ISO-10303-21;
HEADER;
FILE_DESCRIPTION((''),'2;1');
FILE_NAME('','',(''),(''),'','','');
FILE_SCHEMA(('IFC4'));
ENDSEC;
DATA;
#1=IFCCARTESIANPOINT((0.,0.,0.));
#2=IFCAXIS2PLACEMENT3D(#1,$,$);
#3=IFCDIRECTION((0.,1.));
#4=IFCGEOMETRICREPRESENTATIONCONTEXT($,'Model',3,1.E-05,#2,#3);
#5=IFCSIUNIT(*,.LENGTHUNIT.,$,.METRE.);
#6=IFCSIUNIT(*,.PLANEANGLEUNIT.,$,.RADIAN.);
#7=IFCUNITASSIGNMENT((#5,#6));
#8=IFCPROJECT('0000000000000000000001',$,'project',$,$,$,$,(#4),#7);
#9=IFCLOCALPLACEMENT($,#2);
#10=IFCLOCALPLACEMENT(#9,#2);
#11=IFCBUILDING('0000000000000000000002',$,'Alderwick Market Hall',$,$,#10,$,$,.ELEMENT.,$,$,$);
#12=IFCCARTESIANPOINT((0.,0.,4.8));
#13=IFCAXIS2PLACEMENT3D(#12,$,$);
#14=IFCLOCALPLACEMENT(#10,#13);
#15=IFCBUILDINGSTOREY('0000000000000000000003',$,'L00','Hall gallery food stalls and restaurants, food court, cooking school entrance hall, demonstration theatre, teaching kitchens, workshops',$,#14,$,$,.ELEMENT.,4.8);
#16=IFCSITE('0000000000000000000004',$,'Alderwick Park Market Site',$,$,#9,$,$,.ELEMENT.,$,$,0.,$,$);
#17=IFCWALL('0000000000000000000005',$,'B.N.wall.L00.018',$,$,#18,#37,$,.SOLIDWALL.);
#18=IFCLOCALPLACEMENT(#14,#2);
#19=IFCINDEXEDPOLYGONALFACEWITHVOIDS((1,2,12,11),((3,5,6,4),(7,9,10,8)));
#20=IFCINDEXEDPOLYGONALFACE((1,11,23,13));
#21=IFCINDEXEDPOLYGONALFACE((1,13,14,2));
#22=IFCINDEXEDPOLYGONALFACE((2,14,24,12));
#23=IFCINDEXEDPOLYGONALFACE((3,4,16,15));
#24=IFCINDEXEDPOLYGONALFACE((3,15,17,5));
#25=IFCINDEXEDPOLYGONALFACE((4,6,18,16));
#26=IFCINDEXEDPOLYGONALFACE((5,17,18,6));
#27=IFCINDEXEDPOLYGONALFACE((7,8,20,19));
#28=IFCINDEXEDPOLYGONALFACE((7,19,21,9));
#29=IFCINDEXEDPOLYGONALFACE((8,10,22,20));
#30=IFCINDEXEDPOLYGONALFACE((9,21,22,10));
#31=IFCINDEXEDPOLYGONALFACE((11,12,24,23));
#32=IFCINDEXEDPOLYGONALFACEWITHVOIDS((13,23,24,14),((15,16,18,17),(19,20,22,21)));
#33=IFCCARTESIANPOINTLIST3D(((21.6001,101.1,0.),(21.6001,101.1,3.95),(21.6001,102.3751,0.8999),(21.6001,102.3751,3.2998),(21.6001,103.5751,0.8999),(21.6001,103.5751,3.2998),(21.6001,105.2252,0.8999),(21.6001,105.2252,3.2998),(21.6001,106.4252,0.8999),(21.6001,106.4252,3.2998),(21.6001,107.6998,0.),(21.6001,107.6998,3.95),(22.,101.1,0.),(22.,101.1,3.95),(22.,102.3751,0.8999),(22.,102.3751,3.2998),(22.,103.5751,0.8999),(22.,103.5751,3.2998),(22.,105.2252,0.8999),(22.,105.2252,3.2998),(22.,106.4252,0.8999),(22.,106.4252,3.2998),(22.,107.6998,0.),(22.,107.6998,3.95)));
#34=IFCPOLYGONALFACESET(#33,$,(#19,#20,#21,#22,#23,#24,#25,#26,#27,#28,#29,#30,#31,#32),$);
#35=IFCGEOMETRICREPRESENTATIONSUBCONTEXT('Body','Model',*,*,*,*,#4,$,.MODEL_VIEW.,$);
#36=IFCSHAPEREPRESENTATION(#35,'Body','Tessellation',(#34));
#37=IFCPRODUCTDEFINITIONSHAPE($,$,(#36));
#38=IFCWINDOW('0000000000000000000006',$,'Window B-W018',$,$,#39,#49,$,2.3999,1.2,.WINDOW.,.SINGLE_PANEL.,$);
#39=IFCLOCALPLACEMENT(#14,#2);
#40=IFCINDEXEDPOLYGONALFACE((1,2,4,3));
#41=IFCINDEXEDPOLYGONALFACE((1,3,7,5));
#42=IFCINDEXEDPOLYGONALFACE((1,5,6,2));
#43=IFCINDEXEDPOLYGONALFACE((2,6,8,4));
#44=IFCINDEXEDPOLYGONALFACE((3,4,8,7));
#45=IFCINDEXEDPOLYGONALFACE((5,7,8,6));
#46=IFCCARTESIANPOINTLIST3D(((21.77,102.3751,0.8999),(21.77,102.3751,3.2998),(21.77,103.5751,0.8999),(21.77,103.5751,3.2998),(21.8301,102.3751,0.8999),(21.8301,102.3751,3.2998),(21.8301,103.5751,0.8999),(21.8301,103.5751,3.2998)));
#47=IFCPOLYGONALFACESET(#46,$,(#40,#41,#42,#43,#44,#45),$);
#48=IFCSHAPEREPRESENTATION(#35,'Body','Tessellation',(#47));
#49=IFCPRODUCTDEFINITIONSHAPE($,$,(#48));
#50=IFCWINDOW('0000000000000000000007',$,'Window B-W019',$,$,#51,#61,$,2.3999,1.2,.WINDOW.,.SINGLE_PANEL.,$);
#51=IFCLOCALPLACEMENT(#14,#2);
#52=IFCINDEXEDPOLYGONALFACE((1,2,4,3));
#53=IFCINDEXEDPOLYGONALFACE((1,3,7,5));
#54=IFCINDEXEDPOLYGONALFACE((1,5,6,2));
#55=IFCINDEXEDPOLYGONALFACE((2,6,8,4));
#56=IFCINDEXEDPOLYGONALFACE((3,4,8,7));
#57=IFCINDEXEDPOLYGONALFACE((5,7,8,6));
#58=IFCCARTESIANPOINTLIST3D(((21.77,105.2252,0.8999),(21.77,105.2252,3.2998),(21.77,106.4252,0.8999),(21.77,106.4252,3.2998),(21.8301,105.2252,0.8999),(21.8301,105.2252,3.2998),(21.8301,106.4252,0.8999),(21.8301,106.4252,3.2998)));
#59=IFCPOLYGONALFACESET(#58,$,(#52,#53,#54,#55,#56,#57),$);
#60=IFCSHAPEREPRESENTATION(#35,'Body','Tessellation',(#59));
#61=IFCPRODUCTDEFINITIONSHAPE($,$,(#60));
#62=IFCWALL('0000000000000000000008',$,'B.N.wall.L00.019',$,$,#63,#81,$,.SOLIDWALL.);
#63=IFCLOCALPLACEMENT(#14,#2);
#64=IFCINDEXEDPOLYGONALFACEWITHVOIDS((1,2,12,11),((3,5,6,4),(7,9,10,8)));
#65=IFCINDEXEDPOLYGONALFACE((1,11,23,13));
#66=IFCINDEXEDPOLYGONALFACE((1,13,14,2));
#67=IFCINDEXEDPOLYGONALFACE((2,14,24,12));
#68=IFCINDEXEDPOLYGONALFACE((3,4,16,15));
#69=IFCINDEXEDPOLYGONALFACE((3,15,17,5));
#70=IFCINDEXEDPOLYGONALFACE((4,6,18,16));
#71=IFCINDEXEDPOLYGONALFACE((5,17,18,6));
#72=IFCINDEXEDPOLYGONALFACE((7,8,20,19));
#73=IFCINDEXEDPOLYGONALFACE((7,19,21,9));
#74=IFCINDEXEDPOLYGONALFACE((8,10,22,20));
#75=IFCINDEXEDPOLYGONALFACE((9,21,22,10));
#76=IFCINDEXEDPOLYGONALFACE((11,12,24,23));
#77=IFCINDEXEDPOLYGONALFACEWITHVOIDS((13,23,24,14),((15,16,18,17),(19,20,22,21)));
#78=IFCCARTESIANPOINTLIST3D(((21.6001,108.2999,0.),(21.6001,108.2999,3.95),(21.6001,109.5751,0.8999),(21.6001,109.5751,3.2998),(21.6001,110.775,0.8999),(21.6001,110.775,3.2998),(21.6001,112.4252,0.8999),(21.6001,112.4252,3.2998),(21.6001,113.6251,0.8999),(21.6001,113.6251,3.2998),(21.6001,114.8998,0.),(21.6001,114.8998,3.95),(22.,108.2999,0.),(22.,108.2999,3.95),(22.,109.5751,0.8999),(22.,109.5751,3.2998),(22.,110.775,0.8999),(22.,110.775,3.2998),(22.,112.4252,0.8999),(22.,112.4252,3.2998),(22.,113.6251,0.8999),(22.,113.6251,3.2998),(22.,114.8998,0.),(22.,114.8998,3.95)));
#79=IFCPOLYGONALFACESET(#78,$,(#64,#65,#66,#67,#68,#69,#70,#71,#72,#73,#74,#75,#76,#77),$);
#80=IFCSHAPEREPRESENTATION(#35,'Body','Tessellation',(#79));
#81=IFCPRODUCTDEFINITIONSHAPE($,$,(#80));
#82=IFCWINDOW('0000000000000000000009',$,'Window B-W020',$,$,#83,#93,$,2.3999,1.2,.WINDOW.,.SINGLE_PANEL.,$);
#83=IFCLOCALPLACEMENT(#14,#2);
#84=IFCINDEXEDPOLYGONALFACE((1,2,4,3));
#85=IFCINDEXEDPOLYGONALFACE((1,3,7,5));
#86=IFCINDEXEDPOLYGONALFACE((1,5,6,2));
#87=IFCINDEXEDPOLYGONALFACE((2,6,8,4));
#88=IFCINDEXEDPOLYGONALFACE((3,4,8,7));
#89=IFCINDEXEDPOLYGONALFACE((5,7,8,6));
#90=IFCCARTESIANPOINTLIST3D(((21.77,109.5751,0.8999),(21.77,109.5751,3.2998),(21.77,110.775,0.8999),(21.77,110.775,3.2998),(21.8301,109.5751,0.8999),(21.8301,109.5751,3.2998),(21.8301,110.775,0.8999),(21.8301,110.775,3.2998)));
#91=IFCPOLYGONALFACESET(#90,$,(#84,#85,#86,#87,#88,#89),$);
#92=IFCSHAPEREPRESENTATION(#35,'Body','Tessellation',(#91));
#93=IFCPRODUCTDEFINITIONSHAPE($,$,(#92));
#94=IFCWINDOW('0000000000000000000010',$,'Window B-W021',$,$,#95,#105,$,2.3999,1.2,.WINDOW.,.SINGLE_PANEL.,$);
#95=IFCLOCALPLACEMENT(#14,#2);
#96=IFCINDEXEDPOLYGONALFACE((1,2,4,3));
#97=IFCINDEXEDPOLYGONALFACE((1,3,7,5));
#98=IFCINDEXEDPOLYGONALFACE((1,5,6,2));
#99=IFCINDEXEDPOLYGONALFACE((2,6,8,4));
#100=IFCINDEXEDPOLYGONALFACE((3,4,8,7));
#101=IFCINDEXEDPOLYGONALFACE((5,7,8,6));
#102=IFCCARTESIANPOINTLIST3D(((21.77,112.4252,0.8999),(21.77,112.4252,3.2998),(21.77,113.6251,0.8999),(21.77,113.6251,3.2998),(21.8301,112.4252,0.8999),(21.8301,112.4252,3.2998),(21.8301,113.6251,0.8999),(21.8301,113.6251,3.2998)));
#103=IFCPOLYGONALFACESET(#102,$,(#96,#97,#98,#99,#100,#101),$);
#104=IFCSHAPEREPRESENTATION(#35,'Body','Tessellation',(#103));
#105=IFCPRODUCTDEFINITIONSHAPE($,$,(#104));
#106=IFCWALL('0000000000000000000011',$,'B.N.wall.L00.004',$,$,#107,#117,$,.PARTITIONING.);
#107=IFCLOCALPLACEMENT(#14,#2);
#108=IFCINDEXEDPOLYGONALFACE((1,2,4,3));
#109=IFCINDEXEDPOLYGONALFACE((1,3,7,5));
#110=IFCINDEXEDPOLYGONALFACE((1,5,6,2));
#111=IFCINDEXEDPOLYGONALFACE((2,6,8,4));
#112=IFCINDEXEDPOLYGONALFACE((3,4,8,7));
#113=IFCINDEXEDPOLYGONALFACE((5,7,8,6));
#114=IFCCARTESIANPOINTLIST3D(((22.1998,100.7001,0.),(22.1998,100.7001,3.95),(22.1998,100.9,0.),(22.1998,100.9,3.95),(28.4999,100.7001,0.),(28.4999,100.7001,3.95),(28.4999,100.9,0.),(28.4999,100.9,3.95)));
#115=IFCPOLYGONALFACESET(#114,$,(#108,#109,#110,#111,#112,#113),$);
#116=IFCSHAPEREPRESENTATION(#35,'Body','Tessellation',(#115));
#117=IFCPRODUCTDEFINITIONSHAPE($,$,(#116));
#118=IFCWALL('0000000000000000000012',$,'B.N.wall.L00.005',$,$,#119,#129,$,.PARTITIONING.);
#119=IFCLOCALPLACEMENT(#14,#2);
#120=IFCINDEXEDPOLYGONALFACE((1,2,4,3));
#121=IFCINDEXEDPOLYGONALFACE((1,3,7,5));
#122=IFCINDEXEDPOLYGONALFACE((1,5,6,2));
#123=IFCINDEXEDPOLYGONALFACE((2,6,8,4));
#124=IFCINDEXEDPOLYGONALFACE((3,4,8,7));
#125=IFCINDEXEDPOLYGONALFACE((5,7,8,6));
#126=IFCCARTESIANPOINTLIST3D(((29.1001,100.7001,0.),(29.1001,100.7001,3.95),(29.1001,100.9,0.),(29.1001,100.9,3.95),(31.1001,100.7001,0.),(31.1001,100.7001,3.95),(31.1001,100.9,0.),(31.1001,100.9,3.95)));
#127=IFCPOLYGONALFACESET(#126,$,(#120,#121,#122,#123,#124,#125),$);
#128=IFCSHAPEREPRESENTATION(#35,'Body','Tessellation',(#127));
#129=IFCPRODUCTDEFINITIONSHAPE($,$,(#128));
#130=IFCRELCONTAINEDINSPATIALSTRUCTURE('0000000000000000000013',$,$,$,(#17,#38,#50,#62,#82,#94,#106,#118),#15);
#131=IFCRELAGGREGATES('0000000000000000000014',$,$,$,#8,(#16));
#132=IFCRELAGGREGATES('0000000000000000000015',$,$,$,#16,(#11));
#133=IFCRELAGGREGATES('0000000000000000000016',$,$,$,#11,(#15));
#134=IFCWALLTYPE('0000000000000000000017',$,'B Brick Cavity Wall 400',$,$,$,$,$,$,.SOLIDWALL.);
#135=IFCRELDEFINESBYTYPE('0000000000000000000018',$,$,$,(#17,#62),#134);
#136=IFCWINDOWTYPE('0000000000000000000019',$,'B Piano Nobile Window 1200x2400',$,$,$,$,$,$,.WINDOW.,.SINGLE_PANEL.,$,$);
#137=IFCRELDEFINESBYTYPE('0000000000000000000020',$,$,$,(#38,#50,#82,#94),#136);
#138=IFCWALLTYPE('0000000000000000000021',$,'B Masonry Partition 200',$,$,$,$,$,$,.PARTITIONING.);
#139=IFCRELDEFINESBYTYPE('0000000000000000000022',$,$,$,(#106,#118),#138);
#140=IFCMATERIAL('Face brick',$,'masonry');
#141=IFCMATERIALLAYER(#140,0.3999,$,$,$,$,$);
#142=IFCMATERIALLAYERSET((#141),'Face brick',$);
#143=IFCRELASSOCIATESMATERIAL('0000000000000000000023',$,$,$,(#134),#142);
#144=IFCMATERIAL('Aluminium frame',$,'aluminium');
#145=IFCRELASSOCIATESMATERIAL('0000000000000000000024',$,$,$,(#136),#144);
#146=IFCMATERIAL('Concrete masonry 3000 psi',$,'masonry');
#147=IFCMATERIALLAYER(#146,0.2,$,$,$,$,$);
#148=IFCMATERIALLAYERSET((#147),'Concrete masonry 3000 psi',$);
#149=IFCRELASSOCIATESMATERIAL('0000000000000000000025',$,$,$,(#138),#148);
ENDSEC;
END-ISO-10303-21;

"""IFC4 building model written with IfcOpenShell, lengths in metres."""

from ifc_helpers import new_model, si_unit, direction, frame, frame_2d, origin, place, context, subcontext, project, spatial, rectangle, extrude, material, layer, layer_set, type_object, element, fill, save


model = new_model("IFC4")

# Units and contexts
model_context = context("Model", 3, precision=1e-05, world=origin(), true_north=direction((0.0, 1.0)))
body_context = subcontext(model_context, "Body", "Model", "MODEL_VIEW")
ifc_project = project(units=[si_unit("LENGTHUNIT", "METRE"), si_unit("PLANEANGLEUNIT", "RADIAN")], contexts=[model_context])

# Site, building, storey
site_placement = place(None, origin())
site = spatial("IfcSite", under=ifc_project, at=site_placement, Name="Alderwick Park Market Site", CompositionType="ELEMENT", RefElevation=0.0)
building_placement = place(site_placement, origin())
building = spatial("IfcBuilding", under=site, at=building_placement, Name="Alderwick Market Hall", CompositionType="ELEMENT")
storey_placement = place(building_placement, frame((0.0, 0.0, 4.8)))
storey = spatial("IfcBuildingStorey", under=building, at=storey_placement, Name="L00", Description="Hall gallery food stalls and restaurants, food court, cooking school entrance hall, demonstration theatre, teaching kitchens, workshops", CompositionType="ELEMENT", Elevation=4.8)

# Walls, openings, windows
ifc_material_1 = material(Name="Face brick", Category="masonry")
ifc_layer_1 = layer(ifc_material_1, 0.3999)
ifc_layer_set_1 = layer_set([ifc_layer_1], Name="Face brick")
wall_type_1 = type_object("IfcWallType", Name="B Brick Cavity Wall 400", PredefinedType="SOLIDWALL", material=ifc_layer_set_1)
wall_1_placement = place(storey_placement, frame((21.8, 101.1001, 0.0), z_axis=(0.0, 0.0, 1.0), x_axis=(0.0, 1.0, 0.0)))
wall_1 = element("IfcWall", 1, at=wall_1_placement, inside=storey, type_object=wall_type_1, Name="B.N.wall.L00.018", PredefinedType="SOLIDWALL", context=body_context, shape_type="SweptSolid", body=[
    extrude(rectangle(XDim=6.5999, YDim=0.3999, at=frame_2d((3.2998, 0.0))), origin(), (0.0, 0.0, 1.0), 3.95),
])
opening_1_placement = place(wall_1_placement, frame((1.2749, 0.0, 0.8999)))
opening_1 = element("IfcOpeningElement", 2, at=opening_1_placement, cuts=wall_1, PredefinedType="OPENING", context=body_context, shape_type="SweptSolid", body=[
    extrude(rectangle(XDim=1.2, YDim=2.3999, at=frame_2d((0.6001, 1.2))), frame((0.0, 0.21, 0.0), z_axis=(0.0, -1.0, 0.0), x_axis=(1.0, 0.0, 0.0)), (0.0, 0.0, 1.0), 0.4199),
])
opening_2_placement = place(wall_1_placement, frame((4.125, 0.0, 0.8999)))
opening_2 = element("IfcOpeningElement", 3, at=opening_2_placement, cuts=wall_1, PredefinedType="OPENING", context=body_context, shape_type="SweptSolid", body=[
    extrude(rectangle(XDim=1.2, YDim=2.3999, at=frame_2d((0.6001, 1.2))), frame((0.0, 0.21, 0.0), z_axis=(0.0, -1.0, 0.0), x_axis=(1.0, 0.0, 0.0)), (0.0, 0.0, 1.0), 0.4199),
])
ifc_material_2 = material(Name="Aluminium frame", Category="aluminium")
window_type = type_object("IfcWindowType", Name="B Piano Nobile Window 1200x2400", PartitioningType="SINGLE_PANEL", PredefinedType="WINDOW", material=ifc_material_2)
window_1_placement = place(opening_1_placement, origin())
window_1 = element("IfcWindow", 4, at=window_1_placement, inside=storey, type_object=window_type, Name="Window B-W018", OverallHeight=2.3999, OverallWidth=1.2, PartitioningType="SINGLE_PANEL", PredefinedType="WINDOW", context=body_context, shape_type="SweptSolid", body=[
    extrude(rectangle(XDim=1.2, YDim=2.3999, at=frame_2d((0.6001, 1.2))), frame((0.0, 0.03, 0.0), z_axis=(0.0, -1.0, 0.0), x_axis=(1.0, 0.0, 0.0)), (0.0, 0.0, 1.0), 0.0601),
])
fill(opening_1, window_1)
window_2_placement = place(opening_2_placement, origin())
window_2 = element("IfcWindow", 5, at=window_2_placement, inside=storey, type_object=window_type, Name="Window B-W019", OverallHeight=2.3999, OverallWidth=1.2, PartitioningType="SINGLE_PANEL", PredefinedType="WINDOW", context=body_context, shape_type="SweptSolid", body=[
    extrude(rectangle(XDim=1.2, YDim=2.3999, at=frame_2d((0.6001, 1.2))), frame((0.0, 0.03, 0.0), z_axis=(0.0, -1.0, 0.0), x_axis=(1.0, 0.0, 0.0)), (0.0, 0.0, 1.0), 0.0601),
])
fill(opening_2, window_2)
wall_2_placement = place(storey_placement, frame((21.8, 108.3, 0.0), z_axis=(0.0, 0.0, 1.0), x_axis=(0.0, 1.0, 0.0)))
wall_2 = element("IfcWall", 6, at=wall_2_placement, inside=storey, type_object=wall_type_1, Name="B.N.wall.L00.019", PredefinedType="SOLIDWALL", context=body_context, shape_type="SweptSolid", body=[
    extrude(rectangle(XDim=6.5999, YDim=0.3999, at=frame_2d((3.2998, 0.0))), origin(), (0.0, 0.0, 1.0), 3.95),
])
opening_3_placement = place(wall_2_placement, frame((1.2749, 0.0, 0.8999)))
opening_3 = element("IfcOpeningElement", 7, at=opening_3_placement, cuts=wall_2, PredefinedType="OPENING", context=body_context, shape_type="SweptSolid", body=[
    extrude(rectangle(XDim=1.2, YDim=2.3999, at=frame_2d((0.6001, 1.2))), frame((0.0, 0.21, 0.0), z_axis=(0.0, -1.0, 0.0), x_axis=(1.0, 0.0, 0.0)), (0.0, 0.0, 1.0), 0.4199),
])
opening_4_placement = place(wall_2_placement, frame((4.125, 0.0, 0.8999)))
opening_4 = element("IfcOpeningElement", 8, at=opening_4_placement, cuts=wall_2, PredefinedType="OPENING", context=body_context, shape_type="SweptSolid", body=[
    extrude(rectangle(XDim=1.2, YDim=2.3999, at=frame_2d((0.6001, 1.2))), frame((0.0, 0.21, 0.0), z_axis=(0.0, -1.0, 0.0), x_axis=(1.0, 0.0, 0.0)), (0.0, 0.0, 1.0), 0.4199),
])
window_3_placement = place(opening_3_placement, origin())
window_3 = element("IfcWindow", 9, at=window_3_placement, inside=storey, type_object=window_type, Name="Window B-W020", OverallHeight=2.3999, OverallWidth=1.2, PartitioningType="SINGLE_PANEL", PredefinedType="WINDOW", context=body_context, shape_type="SweptSolid", body=[
    extrude(rectangle(XDim=1.2, YDim=2.3999, at=frame_2d((0.6001, 1.2))), frame((0.0, 0.03, 0.0), z_axis=(0.0, -1.0, 0.0), x_axis=(1.0, 0.0, 0.0)), (0.0, 0.0, 1.0), 0.0601),
])
fill(opening_3, window_3)
window_4_placement = place(opening_4_placement, origin())
window_4 = element("IfcWindow", 10, at=window_4_placement, inside=storey, type_object=window_type, Name="Window B-W021", OverallHeight=2.3999, OverallWidth=1.2, PartitioningType="SINGLE_PANEL", PredefinedType="WINDOW", context=body_context, shape_type="SweptSolid", body=[
    extrude(rectangle(XDim=1.2, YDim=2.3999, at=frame_2d((0.6001, 1.2))), frame((0.0, 0.03, 0.0), z_axis=(0.0, -1.0, 0.0), x_axis=(1.0, 0.0, 0.0)), (0.0, 0.0, 1.0), 0.0601),
])
fill(opening_4, window_4)

# Walls
ifc_material_3 = material(Name="Concrete masonry 3000 psi", Category="masonry")
ifc_layer_2 = layer(ifc_material_3, 0.2)
ifc_layer_set_2 = layer_set([ifc_layer_2], Name="Concrete masonry 3000 psi")
wall_type_2 = type_object("IfcWallType", Name="B Masonry Partition 200", PredefinedType="PARTITIONING", material=ifc_layer_set_2)
wall_3_placement = place(storey_placement, frame((22.2, 100.8, 0.0), z_axis=(0.0, 0.0, 1.0), x_axis=(1.0, 0.0, 0.0)))
element("IfcWall", 11, at=wall_3_placement, inside=storey, type_object=wall_type_2, Name="B.N.wall.L00.004", PredefinedType="PARTITIONING", context=body_context, shape_type="SweptSolid", body=[
    extrude(rectangle(XDim=6.3, YDim=0.2, at=frame_2d((3.1499, 0.0))), origin(), (0.0, 0.0, 1.0), 3.95),
])
wall_4_placement = place(storey_placement, frame((29.1001, 100.8, 0.0), z_axis=(0.0, 0.0, 1.0), x_axis=(1.0, 0.0, 0.0)))
element("IfcWall", 12, at=wall_4_placement, inside=storey, type_object=wall_type_2, Name="B.N.wall.L00.005", PredefinedType="PARTITIONING", context=body_context, shape_type="SweptSolid", body=[
    extrude(rectangle(XDim=2.0, YDim=0.2, at=frame_2d((1.0, 0.0))), origin(), (0.0, 0.0, 1.0), 3.95),
])

save(model, "model.ifc")
